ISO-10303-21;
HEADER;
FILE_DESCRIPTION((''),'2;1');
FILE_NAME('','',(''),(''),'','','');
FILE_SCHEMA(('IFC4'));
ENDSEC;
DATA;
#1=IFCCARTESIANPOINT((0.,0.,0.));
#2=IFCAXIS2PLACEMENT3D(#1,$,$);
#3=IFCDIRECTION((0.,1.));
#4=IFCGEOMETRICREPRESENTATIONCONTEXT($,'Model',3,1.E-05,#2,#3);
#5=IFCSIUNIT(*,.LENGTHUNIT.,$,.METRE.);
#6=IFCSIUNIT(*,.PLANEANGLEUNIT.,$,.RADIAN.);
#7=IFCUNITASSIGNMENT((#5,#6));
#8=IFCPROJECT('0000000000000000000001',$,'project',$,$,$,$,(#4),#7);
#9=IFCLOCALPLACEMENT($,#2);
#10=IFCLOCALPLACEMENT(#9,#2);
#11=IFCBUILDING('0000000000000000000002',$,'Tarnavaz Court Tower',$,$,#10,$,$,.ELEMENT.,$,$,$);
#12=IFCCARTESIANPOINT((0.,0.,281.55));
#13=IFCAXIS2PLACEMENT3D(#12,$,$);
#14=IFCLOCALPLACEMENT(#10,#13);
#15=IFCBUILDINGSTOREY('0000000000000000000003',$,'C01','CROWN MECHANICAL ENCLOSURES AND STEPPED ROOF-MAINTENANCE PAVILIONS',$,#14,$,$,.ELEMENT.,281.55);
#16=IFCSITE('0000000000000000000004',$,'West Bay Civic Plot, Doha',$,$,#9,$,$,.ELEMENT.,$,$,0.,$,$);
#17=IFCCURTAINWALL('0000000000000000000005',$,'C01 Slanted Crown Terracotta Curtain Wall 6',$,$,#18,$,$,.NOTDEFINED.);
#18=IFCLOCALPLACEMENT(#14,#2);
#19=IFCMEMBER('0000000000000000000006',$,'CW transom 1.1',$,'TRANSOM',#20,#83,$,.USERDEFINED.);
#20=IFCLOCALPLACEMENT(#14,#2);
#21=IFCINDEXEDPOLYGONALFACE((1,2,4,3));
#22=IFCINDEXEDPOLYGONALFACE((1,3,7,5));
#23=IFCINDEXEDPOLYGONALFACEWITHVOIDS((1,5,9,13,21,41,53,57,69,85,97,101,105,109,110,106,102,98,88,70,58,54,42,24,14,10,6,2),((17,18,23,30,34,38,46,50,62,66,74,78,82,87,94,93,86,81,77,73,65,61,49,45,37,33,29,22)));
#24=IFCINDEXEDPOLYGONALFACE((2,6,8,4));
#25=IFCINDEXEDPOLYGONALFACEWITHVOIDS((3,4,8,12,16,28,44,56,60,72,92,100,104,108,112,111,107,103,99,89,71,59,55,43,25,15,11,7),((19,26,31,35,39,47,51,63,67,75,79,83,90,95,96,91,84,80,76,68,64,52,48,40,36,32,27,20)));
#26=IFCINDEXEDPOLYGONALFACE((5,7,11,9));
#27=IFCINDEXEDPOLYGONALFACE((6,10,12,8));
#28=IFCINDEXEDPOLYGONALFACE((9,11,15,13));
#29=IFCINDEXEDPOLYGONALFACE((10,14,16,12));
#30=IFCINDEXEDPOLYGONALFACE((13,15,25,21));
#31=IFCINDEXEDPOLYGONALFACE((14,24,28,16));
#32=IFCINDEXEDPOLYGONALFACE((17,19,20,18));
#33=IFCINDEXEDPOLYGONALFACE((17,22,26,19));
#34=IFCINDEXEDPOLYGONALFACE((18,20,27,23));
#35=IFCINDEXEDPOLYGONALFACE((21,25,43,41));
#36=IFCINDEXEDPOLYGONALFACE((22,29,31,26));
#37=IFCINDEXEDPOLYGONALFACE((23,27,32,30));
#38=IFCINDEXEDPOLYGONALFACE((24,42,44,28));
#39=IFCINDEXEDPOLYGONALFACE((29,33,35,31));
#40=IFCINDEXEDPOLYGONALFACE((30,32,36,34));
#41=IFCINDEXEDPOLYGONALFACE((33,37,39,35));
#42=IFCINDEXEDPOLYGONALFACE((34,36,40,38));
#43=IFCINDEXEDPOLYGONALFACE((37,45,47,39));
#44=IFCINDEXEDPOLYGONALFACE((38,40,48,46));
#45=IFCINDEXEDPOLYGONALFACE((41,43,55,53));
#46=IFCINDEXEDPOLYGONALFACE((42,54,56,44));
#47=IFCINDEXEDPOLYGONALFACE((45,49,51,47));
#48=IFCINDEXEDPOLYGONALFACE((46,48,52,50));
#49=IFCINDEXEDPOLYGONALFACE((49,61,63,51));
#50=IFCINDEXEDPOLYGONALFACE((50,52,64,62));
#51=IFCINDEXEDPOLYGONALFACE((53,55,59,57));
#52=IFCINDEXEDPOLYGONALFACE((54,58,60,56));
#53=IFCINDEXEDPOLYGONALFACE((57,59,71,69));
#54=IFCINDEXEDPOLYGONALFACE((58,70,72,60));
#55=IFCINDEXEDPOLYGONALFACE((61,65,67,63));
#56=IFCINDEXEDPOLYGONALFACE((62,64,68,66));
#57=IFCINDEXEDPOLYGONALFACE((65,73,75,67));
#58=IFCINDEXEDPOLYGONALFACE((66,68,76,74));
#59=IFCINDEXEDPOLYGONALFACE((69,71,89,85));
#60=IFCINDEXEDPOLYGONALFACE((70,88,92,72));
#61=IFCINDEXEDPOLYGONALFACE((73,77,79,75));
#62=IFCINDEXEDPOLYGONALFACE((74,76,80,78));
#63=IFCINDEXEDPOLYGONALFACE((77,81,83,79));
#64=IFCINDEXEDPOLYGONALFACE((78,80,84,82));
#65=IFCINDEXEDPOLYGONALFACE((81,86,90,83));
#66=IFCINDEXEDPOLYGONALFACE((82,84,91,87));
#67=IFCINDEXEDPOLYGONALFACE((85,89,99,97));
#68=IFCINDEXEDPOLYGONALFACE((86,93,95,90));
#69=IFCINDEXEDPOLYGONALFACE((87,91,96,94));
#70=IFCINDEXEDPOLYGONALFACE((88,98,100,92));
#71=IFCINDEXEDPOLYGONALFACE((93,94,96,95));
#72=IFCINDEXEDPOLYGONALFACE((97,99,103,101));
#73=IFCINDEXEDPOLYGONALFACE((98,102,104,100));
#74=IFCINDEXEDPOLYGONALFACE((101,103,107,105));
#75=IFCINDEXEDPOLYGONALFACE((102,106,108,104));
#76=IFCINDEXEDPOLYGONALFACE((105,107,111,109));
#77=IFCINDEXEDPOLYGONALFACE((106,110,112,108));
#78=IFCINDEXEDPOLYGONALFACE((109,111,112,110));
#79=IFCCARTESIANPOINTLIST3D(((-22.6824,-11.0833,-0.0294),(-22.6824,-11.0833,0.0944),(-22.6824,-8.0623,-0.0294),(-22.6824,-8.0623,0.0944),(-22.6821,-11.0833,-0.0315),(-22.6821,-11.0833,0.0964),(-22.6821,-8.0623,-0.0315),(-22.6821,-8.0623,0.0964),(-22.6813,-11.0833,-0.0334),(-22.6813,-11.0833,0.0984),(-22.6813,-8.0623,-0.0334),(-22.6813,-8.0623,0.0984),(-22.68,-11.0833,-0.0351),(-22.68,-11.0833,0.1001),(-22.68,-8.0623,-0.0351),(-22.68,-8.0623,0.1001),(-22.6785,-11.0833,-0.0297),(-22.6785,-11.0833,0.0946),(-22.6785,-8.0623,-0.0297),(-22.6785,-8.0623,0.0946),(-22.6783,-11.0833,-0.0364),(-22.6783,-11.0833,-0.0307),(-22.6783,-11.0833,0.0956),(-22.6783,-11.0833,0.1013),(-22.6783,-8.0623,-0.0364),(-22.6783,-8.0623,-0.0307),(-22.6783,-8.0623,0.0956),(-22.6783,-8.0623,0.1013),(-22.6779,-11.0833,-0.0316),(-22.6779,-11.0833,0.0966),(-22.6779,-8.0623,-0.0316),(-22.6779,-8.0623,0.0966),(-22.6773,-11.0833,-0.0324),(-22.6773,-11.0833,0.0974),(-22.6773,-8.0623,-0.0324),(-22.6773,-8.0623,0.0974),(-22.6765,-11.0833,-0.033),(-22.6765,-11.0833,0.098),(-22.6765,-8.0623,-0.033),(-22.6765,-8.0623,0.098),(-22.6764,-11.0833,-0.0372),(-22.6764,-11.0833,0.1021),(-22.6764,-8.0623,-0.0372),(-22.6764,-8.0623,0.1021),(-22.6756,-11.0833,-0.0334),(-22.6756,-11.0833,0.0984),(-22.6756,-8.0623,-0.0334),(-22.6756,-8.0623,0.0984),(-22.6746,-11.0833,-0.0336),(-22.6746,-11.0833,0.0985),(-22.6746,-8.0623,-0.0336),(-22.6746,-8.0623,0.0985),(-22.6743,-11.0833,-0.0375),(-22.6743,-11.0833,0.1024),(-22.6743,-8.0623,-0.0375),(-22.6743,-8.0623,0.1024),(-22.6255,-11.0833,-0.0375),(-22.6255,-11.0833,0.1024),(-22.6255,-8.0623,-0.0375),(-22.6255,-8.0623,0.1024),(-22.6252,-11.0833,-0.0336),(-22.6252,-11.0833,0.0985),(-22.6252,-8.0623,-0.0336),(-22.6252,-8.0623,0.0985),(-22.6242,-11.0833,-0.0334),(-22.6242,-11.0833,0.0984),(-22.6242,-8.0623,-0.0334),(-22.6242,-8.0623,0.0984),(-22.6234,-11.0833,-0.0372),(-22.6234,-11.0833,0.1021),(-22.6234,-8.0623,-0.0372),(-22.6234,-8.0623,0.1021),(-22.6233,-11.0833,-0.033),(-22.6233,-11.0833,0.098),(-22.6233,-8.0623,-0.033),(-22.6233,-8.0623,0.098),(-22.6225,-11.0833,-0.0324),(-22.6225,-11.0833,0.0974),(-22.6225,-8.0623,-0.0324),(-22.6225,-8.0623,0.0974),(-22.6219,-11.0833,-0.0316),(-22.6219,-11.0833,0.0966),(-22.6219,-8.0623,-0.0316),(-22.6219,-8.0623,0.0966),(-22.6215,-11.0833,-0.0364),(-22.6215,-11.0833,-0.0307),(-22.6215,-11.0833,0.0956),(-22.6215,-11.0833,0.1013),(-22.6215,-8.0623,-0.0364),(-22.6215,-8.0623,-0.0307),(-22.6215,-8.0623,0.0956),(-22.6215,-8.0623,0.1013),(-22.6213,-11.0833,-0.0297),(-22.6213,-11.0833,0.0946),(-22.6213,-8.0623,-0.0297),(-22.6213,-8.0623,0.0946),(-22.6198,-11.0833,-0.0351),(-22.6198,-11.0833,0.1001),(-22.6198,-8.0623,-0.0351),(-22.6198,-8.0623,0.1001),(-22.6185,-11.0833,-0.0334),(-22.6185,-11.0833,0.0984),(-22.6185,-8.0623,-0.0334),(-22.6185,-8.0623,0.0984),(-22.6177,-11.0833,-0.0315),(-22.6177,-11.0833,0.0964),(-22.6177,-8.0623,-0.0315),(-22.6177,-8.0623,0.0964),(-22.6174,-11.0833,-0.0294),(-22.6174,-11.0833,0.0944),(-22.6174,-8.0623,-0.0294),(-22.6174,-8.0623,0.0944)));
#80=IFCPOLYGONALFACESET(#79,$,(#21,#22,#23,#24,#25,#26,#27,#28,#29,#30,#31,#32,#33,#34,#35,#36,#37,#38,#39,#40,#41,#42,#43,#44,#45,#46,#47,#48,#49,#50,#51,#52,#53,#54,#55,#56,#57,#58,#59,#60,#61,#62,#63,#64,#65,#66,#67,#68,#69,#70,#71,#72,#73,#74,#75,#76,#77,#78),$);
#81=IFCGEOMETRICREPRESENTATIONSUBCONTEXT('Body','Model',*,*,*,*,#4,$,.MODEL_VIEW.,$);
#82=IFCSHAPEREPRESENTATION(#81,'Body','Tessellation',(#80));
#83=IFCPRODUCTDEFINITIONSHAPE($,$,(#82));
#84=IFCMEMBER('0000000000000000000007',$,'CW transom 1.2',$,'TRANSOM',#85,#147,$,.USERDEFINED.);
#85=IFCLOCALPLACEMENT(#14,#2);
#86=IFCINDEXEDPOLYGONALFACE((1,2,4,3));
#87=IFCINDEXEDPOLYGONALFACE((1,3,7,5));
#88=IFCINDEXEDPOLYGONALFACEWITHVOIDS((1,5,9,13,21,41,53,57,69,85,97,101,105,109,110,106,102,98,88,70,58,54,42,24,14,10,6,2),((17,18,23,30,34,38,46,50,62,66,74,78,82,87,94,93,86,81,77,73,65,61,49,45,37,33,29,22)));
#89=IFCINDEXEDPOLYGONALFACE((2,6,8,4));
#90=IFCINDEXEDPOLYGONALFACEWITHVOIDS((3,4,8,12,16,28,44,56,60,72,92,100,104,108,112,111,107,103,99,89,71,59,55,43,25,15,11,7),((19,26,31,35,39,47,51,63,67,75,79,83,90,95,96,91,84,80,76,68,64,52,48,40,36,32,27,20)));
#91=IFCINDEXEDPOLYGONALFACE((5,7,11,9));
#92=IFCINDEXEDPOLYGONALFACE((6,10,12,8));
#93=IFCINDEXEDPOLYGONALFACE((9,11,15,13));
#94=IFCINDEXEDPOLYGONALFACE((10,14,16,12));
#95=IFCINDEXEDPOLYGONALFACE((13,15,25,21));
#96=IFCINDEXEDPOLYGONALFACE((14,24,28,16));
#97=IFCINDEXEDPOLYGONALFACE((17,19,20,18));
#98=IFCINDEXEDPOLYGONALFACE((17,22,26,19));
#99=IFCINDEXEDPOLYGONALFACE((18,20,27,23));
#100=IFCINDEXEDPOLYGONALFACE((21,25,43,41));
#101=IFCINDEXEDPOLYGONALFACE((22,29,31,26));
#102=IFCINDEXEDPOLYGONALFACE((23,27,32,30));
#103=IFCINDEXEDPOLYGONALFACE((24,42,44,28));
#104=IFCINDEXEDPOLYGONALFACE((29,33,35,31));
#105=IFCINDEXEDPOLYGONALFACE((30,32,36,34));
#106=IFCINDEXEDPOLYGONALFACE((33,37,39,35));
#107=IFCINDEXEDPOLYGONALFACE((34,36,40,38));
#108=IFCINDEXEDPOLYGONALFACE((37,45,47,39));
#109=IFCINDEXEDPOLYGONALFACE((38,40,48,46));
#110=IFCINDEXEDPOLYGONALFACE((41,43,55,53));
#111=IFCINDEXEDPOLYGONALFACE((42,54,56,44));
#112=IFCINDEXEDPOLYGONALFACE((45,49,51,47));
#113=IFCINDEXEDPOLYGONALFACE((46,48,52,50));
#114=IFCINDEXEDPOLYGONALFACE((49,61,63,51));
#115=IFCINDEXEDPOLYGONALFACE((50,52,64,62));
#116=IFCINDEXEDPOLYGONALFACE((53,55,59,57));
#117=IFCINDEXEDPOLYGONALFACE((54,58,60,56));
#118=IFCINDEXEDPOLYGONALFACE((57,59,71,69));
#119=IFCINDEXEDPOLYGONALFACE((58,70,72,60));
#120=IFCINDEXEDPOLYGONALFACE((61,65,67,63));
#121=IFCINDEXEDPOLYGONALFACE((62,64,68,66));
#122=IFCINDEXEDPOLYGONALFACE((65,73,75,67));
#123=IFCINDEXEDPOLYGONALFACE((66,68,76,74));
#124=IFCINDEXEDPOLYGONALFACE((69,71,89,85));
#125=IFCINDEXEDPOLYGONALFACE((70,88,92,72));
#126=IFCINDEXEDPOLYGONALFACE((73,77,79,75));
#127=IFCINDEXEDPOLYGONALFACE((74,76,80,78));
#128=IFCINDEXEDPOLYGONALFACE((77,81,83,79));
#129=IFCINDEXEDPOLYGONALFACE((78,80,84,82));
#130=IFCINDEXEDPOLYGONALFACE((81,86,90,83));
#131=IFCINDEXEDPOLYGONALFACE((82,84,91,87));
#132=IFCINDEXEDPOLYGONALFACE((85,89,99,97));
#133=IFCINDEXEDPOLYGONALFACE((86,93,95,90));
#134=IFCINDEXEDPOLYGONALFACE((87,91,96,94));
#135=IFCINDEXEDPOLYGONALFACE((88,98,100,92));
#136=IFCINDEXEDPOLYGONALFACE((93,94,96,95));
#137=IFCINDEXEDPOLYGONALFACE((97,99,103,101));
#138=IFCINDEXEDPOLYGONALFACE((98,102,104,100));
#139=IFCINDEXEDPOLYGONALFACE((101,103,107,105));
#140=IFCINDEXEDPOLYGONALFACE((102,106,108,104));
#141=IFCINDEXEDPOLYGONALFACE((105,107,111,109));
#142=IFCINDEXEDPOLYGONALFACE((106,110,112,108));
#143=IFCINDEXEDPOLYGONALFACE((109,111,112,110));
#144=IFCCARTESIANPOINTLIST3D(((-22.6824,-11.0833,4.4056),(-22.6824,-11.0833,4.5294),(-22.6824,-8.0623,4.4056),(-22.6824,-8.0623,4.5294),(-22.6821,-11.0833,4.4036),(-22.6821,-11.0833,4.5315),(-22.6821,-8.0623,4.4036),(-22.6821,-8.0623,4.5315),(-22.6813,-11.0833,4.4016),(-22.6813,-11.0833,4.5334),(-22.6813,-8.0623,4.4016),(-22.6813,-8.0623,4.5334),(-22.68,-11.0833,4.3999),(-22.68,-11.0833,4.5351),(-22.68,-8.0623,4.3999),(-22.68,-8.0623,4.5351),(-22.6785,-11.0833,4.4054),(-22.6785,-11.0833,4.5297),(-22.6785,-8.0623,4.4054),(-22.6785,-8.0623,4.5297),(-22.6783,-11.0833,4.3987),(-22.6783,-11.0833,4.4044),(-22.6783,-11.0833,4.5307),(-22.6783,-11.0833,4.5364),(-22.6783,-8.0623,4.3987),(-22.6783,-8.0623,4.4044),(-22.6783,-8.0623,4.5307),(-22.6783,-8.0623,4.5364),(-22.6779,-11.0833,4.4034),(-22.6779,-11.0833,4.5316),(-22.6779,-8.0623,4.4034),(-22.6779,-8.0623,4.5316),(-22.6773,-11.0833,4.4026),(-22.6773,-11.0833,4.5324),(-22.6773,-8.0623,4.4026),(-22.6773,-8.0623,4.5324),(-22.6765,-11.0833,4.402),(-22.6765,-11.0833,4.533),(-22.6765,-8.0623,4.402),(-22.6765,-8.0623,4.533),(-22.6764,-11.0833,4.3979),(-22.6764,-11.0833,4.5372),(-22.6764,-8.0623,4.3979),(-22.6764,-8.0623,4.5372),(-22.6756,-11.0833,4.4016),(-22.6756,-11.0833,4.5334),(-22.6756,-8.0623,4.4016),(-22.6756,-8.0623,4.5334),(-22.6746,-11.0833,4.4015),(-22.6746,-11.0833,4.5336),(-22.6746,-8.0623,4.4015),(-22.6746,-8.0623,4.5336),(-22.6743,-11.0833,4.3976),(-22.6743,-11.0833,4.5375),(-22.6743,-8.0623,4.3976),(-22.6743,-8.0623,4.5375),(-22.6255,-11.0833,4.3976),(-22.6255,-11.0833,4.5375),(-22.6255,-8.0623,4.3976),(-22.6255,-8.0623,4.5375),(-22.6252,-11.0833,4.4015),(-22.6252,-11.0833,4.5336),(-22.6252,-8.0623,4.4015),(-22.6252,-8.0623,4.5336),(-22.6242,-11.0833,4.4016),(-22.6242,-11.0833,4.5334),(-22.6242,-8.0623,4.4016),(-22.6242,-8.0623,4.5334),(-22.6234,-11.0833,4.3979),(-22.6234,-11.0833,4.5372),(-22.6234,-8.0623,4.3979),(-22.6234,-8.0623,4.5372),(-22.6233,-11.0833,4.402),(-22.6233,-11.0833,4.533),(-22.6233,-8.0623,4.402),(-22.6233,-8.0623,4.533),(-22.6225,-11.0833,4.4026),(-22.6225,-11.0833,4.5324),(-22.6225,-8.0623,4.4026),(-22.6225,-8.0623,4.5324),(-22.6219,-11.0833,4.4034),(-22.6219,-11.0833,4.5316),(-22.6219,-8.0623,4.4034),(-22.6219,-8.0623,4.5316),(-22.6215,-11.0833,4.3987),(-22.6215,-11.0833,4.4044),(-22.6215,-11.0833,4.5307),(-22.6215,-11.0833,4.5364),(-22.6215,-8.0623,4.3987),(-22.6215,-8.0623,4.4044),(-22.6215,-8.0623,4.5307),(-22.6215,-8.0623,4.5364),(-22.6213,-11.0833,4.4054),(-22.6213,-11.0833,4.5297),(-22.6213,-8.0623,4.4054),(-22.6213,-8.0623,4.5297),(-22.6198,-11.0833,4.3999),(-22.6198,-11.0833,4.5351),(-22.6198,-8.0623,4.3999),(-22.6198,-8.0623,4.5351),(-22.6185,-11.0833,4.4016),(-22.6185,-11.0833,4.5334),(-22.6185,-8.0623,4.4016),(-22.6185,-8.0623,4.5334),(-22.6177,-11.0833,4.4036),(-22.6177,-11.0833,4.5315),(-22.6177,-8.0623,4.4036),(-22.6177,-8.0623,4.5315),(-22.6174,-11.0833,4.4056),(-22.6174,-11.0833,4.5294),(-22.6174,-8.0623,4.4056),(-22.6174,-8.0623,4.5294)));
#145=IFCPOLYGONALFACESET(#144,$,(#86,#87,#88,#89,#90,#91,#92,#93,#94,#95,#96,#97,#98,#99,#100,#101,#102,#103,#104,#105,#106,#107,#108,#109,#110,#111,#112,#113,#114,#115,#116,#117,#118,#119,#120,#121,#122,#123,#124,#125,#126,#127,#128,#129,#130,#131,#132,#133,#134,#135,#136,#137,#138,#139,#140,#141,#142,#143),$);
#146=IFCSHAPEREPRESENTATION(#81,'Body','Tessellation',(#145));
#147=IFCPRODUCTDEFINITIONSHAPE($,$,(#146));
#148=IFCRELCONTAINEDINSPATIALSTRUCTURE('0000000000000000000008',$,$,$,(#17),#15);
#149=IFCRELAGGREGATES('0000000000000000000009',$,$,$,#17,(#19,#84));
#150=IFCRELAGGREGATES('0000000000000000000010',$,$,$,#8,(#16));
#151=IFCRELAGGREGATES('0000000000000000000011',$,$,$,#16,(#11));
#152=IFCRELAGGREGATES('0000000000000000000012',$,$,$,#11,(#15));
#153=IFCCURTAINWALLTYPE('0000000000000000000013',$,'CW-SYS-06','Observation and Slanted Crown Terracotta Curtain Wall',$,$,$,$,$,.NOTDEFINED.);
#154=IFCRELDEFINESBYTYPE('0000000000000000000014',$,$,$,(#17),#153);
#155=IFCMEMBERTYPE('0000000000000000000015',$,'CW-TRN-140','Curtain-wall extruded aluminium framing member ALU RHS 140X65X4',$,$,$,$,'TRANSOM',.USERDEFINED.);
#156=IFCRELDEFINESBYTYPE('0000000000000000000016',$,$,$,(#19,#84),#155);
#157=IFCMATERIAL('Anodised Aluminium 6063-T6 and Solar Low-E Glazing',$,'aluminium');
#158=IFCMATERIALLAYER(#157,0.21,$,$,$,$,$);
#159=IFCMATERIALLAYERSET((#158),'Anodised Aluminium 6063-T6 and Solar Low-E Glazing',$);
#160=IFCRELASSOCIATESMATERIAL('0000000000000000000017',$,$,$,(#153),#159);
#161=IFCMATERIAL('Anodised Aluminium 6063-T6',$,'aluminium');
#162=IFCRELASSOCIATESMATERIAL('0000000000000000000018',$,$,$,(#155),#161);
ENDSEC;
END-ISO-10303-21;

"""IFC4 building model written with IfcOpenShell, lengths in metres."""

from ifc_helpers import new_model, si_unit, direction, frame, origin, origin_2d, place, context, subcontext, project, spatial, hollow_rectangle, extrude, material, layer, layer_set, material_profile, profile_set, type_object, element, aggregate, save


model = new_model("IFC4")

# Units and contexts
model_context = context("Model", 3, precision=1e-05, world=origin(), true_north=direction((0.0, 1.0)))
body_context = subcontext(model_context, "Body", "Model", "MODEL_VIEW")
ifc_project = project(units=[si_unit("LENGTHUNIT", "METRE"), si_unit("PLANEANGLEUNIT", "RADIAN")], contexts=[model_context])

# Site, building, storey
site_placement = place(None, origin())
site = spatial("IfcSite", under=ifc_project, at=site_placement, Name="West Bay Civic Plot, Doha", CompositionType="ELEMENT", RefElevation=0.0)
building_placement = place(site_placement, origin())
building = spatial("IfcBuilding", under=site, at=building_placement, Name="Tarnavaz Court Tower", CompositionType="ELEMENT")
storey_placement = place(building_placement, frame((0.0, 0.0, 281.55)))
storey = spatial("IfcBuildingStorey", under=building, at=storey_placement, Name="C01", Description="CROWN MECHANICAL ENCLOSURES AND STEPPED ROOF-MAINTENANCE PAVILIONS", CompositionType="ELEMENT", Elevation=281.55)

# Shared definitions
ifc_material_1 = material(Name="Anodised Aluminium 6063-T6 and Solar Low-E Glazing", Category="aluminium")
ifc_layer_1 = layer(ifc_material_1, 0.21)
ifc_layer_set_1 = layer_set([ifc_layer_1], Name="Anodised Aluminium 6063-T6 and Solar Low-E Glazing")
curtain_wall_type = type_object("IfcCurtainWallType", Name="CW-SYS-06", Description="Observation and Slanted Crown Terracotta Curtain Wall", PredefinedType="NOTDEFINED", material=ifc_layer_set_1)
ifc_material_2 = material(Name="Anodised Aluminium 6063-T6", Category="aluminium")

# Curtain wall
curtain_wall_1_placement = place(storey_placement, origin())
curtain_wall_1 = element("IfcCurtainWall", 1, at=curtain_wall_1_placement, inside=storey, type_object=curtain_wall_type, Name="C01 Slanted Crown Terracotta Curtain Wall 6", PredefinedType="NOTDEFINED")

# Members
ifc_material_profile_1 = material_profile(ifc_material_2, hollow_rectangle(XDim=0.0649, YDim=0.1399, WallThickness=0.0039, InnerFilletRadius=0.0039, OuterFilletRadius=0.0081, at=origin_2d()), Name="ALU RHS 140X65X4")
ifc_profile_set_1 = profile_set([ifc_material_profile_1], Name="Anodised Aluminium 6063-T6")
member_type_1 = type_object("IfcMemberType", Name="CW-TRN-140", Description="Curtain-wall extruded aluminium framing member ALU RHS 140X65X4", ElementType="TRANSOM", PredefinedType="USERDEFINED", material=ifc_profile_set_1)
member_1_placement = place(storey_placement, frame((-22.6499, -11.0833, 0.0325), z_axis=(0.0, 1.0, 0.0), x_axis=(-1.0, 0.0, 0.0)))
member_1 = element("IfcMember", 2, at=member_1_placement, type_object=member_type_1, Name="CW transom 1.1", ObjectType="TRANSOM", PredefinedType="USERDEFINED", context=body_context, shape_type="SweptSolid", body=[
    extrude(hollow_rectangle(XDim=0.0649, YDim=0.1399, WallThickness=0.0039, InnerFilletRadius=0.0039, OuterFilletRadius=0.0081, at=origin_2d()), origin(), (0.0, 0.0, 1.0), 3.021),
])
member_2_placement = place(storey_placement, frame((-22.6499, -11.0833, 4.4675), z_axis=(0.0, 1.0, 0.0), x_axis=(-1.0, 0.0, 0.0)))
member_2 = element("IfcMember", 3, at=member_2_placement, type_object=member_type_1, Name="CW transom 1.2", ObjectType="TRANSOM", PredefinedType="USERDEFINED", context=body_context, shape_type="SweptSolid", body=[
    extrude(hollow_rectangle(XDim=0.0649, YDim=0.1399, WallThickness=0.0039, InnerFilletRadius=0.0039, OuterFilletRadius=0.0081, at=origin_2d()), origin(), (0.0, 0.0, 1.0), 3.021),
])

aggregate(curtain_wall_1, [member_1, member_2])

save(model, "model.ifc")
